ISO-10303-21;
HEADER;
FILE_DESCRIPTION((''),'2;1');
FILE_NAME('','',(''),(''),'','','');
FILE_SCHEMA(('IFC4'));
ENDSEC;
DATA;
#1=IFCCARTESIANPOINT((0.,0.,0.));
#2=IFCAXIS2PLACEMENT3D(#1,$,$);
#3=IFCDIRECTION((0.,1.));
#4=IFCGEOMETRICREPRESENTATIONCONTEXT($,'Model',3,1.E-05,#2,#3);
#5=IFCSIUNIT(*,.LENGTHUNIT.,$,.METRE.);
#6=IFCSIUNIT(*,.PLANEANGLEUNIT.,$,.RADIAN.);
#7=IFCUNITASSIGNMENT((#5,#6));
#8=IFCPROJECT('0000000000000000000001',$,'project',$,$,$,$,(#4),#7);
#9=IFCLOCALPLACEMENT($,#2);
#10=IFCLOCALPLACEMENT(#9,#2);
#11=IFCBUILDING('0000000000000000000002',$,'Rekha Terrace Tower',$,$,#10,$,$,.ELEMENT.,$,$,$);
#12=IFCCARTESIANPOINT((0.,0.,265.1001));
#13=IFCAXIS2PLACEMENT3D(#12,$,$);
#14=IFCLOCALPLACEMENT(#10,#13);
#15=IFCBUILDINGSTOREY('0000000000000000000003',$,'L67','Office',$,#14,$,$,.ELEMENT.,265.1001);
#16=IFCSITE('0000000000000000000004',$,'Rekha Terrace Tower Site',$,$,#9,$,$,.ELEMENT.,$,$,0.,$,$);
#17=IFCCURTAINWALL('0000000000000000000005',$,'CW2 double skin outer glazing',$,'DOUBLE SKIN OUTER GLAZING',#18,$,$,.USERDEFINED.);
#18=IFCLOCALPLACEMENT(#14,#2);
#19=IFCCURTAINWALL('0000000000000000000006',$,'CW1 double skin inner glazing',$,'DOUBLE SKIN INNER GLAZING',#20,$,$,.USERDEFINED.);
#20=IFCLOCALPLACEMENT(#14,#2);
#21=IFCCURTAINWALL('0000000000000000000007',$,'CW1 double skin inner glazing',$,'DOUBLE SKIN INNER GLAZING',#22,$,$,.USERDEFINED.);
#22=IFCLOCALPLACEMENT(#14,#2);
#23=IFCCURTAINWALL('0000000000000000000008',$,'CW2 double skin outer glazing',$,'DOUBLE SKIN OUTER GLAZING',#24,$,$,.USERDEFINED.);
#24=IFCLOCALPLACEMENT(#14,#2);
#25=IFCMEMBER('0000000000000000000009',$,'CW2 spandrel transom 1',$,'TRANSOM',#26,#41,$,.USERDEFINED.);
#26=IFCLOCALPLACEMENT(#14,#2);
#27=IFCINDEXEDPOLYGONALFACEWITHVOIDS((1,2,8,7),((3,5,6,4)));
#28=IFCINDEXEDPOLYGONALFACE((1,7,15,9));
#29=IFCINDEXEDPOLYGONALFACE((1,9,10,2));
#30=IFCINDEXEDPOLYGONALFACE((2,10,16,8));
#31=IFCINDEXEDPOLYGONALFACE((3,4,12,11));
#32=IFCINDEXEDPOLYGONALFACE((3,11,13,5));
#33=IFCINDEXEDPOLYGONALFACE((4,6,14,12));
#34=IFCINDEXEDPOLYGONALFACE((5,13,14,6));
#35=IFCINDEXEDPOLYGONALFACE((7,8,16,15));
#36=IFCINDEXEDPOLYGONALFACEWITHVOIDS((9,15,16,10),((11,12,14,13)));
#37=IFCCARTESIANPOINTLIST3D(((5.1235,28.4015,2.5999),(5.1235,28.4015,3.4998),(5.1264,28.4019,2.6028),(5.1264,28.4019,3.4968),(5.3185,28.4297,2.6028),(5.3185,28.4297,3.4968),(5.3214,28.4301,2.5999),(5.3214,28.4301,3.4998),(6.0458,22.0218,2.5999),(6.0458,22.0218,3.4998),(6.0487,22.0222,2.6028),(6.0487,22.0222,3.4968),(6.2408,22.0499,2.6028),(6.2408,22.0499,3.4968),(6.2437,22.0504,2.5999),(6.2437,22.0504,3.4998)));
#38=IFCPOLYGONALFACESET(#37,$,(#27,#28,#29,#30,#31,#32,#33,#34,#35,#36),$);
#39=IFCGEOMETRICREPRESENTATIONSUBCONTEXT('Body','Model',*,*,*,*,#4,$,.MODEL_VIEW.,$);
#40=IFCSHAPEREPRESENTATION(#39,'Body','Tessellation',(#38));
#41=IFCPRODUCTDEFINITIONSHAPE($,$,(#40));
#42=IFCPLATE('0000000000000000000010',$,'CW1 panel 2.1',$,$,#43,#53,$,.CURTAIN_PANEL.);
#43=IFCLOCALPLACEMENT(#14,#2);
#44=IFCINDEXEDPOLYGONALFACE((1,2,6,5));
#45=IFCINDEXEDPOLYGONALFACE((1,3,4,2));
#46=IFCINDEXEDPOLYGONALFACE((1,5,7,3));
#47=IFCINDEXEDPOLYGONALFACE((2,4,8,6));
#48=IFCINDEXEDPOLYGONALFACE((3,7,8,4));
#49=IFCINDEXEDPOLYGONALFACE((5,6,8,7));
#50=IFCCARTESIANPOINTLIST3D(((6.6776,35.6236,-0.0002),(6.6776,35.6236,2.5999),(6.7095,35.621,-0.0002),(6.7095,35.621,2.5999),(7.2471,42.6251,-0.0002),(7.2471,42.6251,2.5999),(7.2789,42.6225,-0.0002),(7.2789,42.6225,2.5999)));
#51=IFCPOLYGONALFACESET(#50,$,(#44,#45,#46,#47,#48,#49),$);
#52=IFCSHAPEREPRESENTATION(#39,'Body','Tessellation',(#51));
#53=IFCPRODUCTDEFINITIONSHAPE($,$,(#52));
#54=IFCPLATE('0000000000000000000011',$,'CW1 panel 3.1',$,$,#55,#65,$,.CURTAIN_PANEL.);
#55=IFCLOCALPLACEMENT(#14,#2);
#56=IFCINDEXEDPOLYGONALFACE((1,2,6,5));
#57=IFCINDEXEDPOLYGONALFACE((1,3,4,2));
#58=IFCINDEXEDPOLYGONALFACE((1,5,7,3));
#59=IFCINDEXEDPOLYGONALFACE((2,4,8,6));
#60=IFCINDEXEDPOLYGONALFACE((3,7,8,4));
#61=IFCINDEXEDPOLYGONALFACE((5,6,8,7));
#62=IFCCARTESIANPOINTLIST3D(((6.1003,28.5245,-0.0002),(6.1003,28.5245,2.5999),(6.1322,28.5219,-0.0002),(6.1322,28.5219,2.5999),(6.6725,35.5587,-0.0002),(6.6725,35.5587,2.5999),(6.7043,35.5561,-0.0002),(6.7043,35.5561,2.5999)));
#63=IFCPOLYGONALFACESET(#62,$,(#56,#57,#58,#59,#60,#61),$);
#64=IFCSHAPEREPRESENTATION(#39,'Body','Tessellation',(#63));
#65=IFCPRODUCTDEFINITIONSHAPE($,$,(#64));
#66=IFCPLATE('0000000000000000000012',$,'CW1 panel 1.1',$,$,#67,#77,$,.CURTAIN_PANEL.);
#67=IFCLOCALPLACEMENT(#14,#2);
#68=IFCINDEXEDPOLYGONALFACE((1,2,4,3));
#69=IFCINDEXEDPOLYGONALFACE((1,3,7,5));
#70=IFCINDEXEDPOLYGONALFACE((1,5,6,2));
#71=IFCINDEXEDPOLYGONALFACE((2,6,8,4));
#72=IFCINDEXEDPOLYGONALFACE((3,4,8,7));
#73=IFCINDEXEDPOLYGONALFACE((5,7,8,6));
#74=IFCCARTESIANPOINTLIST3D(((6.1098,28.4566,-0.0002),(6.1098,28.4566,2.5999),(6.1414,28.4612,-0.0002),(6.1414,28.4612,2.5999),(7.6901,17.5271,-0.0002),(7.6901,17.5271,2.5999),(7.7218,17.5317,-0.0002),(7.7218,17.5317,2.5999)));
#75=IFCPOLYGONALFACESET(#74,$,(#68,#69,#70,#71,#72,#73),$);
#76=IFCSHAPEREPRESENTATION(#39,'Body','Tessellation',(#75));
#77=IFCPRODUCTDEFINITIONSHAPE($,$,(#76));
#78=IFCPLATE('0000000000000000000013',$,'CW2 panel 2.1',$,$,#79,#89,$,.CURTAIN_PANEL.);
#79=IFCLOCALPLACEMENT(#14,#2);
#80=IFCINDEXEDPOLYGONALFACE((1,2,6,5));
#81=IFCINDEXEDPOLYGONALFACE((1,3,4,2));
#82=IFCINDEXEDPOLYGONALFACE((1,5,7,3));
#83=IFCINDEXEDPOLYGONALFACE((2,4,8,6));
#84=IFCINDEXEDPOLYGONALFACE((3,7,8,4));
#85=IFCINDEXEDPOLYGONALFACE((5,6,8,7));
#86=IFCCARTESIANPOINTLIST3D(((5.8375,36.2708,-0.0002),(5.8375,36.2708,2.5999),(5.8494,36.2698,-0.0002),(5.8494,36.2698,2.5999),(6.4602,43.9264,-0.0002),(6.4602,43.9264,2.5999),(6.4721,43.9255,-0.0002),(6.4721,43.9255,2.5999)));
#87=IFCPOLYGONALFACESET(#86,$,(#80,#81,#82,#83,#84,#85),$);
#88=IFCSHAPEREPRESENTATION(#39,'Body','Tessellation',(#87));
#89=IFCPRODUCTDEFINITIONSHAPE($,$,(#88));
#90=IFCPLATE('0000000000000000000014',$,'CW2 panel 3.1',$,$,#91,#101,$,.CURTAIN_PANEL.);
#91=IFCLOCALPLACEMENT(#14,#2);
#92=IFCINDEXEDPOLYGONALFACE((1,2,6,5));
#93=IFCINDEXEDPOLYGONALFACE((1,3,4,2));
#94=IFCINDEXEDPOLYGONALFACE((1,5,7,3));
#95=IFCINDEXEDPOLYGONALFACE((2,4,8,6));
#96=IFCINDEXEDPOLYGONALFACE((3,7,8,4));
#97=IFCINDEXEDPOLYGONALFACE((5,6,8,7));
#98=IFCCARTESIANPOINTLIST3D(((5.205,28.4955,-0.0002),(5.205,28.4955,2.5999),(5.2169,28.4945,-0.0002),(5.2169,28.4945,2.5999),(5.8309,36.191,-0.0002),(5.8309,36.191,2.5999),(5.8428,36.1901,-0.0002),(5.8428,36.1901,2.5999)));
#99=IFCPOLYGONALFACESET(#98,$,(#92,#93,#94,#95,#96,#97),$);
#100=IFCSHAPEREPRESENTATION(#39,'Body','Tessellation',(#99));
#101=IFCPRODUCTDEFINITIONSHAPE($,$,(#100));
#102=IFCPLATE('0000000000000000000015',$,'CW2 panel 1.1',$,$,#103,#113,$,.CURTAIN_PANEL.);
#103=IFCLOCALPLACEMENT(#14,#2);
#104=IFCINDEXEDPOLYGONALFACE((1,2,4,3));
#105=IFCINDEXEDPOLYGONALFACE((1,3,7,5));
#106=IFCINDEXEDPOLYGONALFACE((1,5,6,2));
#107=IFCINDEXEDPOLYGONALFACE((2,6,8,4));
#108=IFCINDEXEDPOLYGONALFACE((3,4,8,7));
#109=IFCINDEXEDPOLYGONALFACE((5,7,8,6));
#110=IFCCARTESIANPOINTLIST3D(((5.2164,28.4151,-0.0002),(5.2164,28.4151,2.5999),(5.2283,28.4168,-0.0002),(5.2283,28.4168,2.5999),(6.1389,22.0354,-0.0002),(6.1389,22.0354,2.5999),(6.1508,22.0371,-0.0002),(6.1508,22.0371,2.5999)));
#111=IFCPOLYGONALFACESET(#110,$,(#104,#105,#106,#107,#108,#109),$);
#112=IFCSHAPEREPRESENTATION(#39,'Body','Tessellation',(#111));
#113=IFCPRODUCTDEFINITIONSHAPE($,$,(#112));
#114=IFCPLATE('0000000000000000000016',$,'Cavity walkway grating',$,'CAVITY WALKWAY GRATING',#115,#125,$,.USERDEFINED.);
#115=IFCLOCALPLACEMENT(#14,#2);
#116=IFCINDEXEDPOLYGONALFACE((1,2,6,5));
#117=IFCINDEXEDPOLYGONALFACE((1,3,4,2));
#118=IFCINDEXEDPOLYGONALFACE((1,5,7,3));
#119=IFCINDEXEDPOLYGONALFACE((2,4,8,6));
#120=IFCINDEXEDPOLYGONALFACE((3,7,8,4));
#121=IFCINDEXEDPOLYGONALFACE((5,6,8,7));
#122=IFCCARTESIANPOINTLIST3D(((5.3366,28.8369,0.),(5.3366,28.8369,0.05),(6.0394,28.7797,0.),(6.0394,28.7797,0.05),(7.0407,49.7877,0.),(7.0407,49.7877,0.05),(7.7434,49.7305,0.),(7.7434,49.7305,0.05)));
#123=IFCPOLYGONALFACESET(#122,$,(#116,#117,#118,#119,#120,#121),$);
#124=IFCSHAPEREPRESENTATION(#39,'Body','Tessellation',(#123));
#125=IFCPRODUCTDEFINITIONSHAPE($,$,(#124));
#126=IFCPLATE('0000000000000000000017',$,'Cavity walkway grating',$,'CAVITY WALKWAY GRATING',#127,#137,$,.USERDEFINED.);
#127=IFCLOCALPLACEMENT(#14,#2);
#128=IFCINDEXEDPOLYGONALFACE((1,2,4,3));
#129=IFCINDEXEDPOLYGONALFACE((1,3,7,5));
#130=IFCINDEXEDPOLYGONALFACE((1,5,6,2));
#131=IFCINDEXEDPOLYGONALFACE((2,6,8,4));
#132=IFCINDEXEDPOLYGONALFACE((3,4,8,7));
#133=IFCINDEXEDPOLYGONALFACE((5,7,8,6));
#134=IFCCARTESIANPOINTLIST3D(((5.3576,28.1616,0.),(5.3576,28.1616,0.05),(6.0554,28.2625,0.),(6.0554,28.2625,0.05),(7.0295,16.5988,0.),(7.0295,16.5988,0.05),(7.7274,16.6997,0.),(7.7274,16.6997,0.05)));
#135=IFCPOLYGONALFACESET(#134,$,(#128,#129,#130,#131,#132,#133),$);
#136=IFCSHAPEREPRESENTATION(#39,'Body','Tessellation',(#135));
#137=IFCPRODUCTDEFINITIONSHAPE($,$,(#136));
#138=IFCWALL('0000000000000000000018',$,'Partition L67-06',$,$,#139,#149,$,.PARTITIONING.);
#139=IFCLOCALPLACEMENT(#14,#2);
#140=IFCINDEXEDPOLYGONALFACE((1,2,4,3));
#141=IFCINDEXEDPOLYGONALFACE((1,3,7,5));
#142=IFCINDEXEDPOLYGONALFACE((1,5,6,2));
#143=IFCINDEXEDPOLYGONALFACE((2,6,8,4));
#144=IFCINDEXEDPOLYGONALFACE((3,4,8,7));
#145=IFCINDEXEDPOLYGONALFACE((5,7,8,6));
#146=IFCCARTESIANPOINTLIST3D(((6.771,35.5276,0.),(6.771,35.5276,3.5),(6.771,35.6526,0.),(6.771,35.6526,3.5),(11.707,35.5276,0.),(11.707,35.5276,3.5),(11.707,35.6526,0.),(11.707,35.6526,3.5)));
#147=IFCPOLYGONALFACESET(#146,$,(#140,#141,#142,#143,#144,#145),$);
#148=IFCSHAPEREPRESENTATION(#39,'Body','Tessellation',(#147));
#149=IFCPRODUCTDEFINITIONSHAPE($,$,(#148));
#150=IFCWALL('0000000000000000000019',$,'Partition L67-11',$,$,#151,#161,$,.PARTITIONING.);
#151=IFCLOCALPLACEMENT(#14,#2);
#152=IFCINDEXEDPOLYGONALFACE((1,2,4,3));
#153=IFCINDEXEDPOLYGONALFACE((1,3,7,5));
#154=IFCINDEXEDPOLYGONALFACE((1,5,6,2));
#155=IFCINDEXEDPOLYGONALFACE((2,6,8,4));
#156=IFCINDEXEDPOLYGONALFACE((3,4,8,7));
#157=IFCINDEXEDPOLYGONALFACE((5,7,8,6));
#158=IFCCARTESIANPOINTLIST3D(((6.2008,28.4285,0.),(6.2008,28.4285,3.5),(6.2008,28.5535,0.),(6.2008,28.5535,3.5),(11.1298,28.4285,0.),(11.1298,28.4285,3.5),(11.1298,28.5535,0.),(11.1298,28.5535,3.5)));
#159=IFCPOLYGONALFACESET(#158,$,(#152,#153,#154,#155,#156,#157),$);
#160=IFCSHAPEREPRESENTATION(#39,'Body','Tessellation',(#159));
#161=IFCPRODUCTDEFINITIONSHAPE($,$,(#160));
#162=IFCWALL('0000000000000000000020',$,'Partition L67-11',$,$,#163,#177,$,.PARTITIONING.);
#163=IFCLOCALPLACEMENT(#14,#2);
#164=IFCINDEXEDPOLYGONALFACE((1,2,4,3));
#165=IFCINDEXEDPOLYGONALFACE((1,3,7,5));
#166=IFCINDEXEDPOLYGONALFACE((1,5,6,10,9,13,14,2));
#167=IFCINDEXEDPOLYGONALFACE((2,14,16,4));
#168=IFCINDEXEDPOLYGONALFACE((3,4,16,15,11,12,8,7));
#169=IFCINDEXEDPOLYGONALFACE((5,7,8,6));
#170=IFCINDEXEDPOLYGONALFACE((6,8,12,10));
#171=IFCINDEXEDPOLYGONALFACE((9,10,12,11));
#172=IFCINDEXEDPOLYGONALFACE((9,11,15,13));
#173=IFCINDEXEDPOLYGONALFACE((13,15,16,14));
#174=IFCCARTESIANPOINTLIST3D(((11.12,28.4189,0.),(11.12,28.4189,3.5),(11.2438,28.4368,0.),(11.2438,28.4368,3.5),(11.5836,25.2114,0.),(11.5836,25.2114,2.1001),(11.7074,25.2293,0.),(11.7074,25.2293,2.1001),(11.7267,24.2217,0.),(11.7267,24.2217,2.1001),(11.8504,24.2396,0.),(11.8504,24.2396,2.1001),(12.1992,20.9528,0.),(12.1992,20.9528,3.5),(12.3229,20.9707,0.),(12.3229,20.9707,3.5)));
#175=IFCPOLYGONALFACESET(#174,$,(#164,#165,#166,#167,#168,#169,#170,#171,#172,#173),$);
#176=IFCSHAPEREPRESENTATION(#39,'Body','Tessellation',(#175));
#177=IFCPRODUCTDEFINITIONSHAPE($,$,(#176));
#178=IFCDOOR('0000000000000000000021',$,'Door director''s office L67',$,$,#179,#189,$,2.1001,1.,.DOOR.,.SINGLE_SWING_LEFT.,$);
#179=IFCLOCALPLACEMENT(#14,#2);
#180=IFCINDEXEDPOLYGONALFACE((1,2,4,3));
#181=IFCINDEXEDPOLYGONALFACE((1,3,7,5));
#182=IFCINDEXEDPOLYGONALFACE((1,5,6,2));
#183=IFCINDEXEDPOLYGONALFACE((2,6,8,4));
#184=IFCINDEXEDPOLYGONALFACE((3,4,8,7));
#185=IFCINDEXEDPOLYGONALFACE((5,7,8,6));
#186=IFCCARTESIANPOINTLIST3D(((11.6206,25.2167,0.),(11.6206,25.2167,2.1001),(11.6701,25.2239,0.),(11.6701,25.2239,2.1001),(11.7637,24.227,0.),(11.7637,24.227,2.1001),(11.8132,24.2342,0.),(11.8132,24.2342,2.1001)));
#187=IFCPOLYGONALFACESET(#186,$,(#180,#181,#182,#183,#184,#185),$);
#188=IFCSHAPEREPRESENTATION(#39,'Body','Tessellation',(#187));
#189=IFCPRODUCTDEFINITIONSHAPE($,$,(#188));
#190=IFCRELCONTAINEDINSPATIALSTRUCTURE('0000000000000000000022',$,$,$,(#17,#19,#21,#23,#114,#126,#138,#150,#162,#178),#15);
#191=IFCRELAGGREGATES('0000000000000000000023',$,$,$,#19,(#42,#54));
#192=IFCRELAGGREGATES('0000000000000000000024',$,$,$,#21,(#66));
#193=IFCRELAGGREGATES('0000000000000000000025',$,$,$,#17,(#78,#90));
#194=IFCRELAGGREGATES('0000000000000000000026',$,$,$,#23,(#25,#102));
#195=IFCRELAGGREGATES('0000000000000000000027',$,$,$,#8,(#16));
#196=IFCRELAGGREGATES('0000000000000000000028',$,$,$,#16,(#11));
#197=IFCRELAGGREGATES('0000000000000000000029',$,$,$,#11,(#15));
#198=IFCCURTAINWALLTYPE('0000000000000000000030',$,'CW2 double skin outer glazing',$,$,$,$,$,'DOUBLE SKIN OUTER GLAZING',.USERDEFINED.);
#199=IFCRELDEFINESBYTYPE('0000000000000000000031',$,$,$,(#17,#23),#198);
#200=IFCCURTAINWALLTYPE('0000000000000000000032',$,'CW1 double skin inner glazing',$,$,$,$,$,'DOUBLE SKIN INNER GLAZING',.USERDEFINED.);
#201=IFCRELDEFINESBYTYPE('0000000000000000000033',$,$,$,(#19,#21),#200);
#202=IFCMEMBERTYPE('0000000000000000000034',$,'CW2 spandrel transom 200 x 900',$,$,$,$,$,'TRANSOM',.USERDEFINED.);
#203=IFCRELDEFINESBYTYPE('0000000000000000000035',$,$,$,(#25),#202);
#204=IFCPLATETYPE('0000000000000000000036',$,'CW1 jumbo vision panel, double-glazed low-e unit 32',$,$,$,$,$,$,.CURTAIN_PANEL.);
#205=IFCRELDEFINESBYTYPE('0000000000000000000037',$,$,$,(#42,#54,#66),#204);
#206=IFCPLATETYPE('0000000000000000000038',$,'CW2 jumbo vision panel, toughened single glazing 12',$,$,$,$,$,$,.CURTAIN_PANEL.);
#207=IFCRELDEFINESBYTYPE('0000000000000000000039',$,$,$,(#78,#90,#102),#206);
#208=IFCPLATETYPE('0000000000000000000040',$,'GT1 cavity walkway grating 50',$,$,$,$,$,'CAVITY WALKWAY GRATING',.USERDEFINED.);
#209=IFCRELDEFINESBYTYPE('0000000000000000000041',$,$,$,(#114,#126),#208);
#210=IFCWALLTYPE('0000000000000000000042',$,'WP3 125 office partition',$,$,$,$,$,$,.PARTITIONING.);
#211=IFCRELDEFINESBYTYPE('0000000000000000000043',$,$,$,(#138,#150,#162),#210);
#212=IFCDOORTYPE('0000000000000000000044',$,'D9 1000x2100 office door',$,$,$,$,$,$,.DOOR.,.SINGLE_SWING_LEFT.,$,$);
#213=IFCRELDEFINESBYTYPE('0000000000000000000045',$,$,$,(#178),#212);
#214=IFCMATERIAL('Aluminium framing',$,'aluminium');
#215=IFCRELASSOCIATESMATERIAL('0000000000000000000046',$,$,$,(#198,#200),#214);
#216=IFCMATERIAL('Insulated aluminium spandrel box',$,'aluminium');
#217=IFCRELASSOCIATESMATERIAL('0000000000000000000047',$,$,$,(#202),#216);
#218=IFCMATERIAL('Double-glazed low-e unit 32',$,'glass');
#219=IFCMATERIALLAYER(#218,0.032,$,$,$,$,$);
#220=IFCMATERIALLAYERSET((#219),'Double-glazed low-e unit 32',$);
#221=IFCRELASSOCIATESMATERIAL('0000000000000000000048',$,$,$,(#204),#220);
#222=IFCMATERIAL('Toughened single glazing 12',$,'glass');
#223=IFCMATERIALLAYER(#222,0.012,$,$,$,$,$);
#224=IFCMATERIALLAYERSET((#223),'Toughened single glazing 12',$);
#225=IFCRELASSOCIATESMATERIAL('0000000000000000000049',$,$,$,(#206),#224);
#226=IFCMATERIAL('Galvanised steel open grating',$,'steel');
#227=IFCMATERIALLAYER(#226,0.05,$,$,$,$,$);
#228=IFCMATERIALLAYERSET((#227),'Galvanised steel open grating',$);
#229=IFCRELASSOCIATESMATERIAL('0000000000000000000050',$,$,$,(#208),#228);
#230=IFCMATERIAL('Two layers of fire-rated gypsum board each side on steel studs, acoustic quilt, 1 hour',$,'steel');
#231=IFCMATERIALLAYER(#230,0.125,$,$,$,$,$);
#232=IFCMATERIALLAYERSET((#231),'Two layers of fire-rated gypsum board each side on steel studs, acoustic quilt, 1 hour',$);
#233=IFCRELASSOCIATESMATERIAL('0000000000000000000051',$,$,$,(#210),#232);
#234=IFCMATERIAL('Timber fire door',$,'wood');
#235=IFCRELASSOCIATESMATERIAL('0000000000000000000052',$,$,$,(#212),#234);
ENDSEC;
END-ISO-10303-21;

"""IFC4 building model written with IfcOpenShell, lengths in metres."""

from ifc_helpers import new_model, si_unit, direction, frame, frame_2d, origin, origin_2d, place, context, subcontext, project, spatial, rectangle, hollow_rectangle, extrude, material, layer, layer_set, material_profile, profile_set, type_object, element, fill, aggregate, save


model = new_model("IFC4")

# Units and contexts
model_context = context("Model", 3, precision=1e-05, world=origin(), true_north=direction((0.0, 1.0)))
body_context = subcontext(model_context, "Body", "Model", "MODEL_VIEW")
ifc_project = project(units=[si_unit("LENGTHUNIT", "METRE"), si_unit("PLANEANGLEUNIT", "RADIAN")], contexts=[model_context])

# Site, building, storey
site_placement = place(None, origin())
site = spatial("IfcSite", under=ifc_project, at=site_placement, Name="Rekha Terrace Tower Site", CompositionType="ELEMENT", RefElevation=0.0)
building_placement = place(site_placement, origin())
building = spatial("IfcBuilding", under=site, at=building_placement, Name="Rekha Terrace Tower", CompositionType="ELEMENT")
storey_placement = place(building_placement, frame((0.0, 0.0, 265.1001)))
storey = spatial("IfcBuildingStorey", under=building, at=storey_placement, Name="L67", Description="Office", CompositionType="ELEMENT", Elevation=265.1001)

# Curtain walls
ifc_material_1 = material(Name="Aluminium framing", Category="aluminium")
curtain_wall_type_1 = type_object("IfcCurtainWallType", Name="CW2 double skin outer glazing", ElementType="DOUBLE SKIN OUTER GLAZING", PredefinedType="USERDEFINED", material=ifc_material_1)
curtain_wall_1_placement = place(storey_placement, origin())
curtain_wall_1 = element("IfcCurtainWall", 1, at=curtain_wall_1_placement, inside=storey, type_object=curtain_wall_type_1, Name="CW2 double skin outer glazing", ObjectType="DOUBLE SKIN OUTER GLAZING", PredefinedType="USERDEFINED")
curtain_wall_type_2 = type_object("IfcCurtainWallType", Name="CW1 double skin inner glazing", ElementType="DOUBLE SKIN INNER GLAZING", PredefinedType="USERDEFINED", material=ifc_material_1)
curtain_wall_2_placement = place(storey_placement, origin())
curtain_wall_2 = element("IfcCurtainWall", 2, at=curtain_wall_2_placement, inside=storey, type_object=curtain_wall_type_2, Name="CW1 double skin inner glazing", ObjectType="DOUBLE SKIN INNER GLAZING", PredefinedType="USERDEFINED")
curtain_wall_3_placement = place(storey_placement, origin())
curtain_wall_3 = element("IfcCurtainWall", 3, at=curtain_wall_3_placement, inside=storey, type_object=curtain_wall_type_2, Name="CW1 double skin inner glazing", ObjectType="DOUBLE SKIN INNER GLAZING", PredefinedType="USERDEFINED")

# Shared definitions
ifc_material_2 = material(Name="Insulated aluminium spandrel box", Category="aluminium")

# Curtain wall
curtain_wall_4_placement = place(storey_placement, origin())
curtain_wall_4 = element("IfcCurtainWall", 4, at=curtain_wall_4_placement, inside=storey, type_object=curtain_wall_type_1, Name="CW2 double skin outer glazing", ObjectType="DOUBLE SKIN OUTER GLAZING", PredefinedType="USERDEFINED")

# Member
ifc_material_profile_1 = material_profile(ifc_material_2, hollow_rectangle(XDim=0.2, YDim=0.8999, WallThickness=0.0029, at=origin_2d()), Name="AL SPANDREL BOX 200x900")
ifc_profile_set_1 = profile_set([ifc_material_profile_1], Name="Insulated aluminium spandrel box")
member_type_1 = type_object("IfcMemberType", Name="CW2 spandrel transom 200 x 900", ElementType="TRANSOM", PredefinedType="USERDEFINED", material=ifc_profile_set_1)
member_1_placement = place(storey_placement, frame((5.2224, 28.4158, 3.0498), z_axis=(0.143091, -0.989709, 0.0), x_axis=(0.989709, 0.143091, 0.0)))
member_1 = element("IfcMember", 5, at=member_1_placement, type_object=member_type_1, Name="CW2 spandrel transom 1", ObjectType="TRANSOM", PredefinedType="USERDEFINED", context=body_context, shape_type="SweptSolid", body=[
    extrude(hollow_rectangle(XDim=0.2, YDim=0.8999, WallThickness=0.0029, at=origin_2d()), origin(), (0.0, 0.0, 1.0), 6.446),
])

# Plates
ifc_material_3 = material(Name="Double-glazed low-e unit 32", Category="glass")
ifc_layer_1 = layer(ifc_material_3, 0.032)
ifc_layer_set_1 = layer_set([ifc_layer_1], Name="Double-glazed low-e unit 32")
plate_type_1 = type_object("IfcPlateType", Name="CW1 jumbo vision panel, double-glazed low-e unit 32", PredefinedType="CURTAIN_PANEL", material=ifc_layer_set_1)
plate_1_placement = place(storey_placement, frame((6.9783, 39.123, -0.0002), z_axis=(0.0, 0.0, 1.0), x_axis=(-0.081068, -0.996709, 0.0)))
plate_1 = element("IfcPlate", 6, at=plate_1_placement, type_object=plate_type_1, Name="CW1 panel 2.1", PredefinedType="CURTAIN_PANEL", context=body_context, shape_type="SweptSolid", body=[
    extrude(rectangle(XDim=7.0247, YDim=0.032, at=origin_2d()), origin(), (0.0, 0.0, 1.0), 2.6001),
])
plate_2_placement = place(storey_placement, frame((6.4023, 32.0403, -0.0002), z_axis=(0.0, 0.0, 1.0), x_axis=(-0.081068, -0.996709, 0.0)))
plate_2 = element("IfcPlate", 7, at=plate_2_placement, type_object=plate_type_1, Name="CW1 panel 3.1", PredefinedType="CURTAIN_PANEL", context=body_context, shape_type="SweptSolid", body=[
    extrude(rectangle(XDim=7.0574, YDim=0.032, at=origin_2d()), origin(), (0.0, 0.0, 1.0), 2.6001),
])
aggregate(curtain_wall_2, [plate_1, plate_2])
plate_3_placement = place(storey_placement, frame((6.9158, 22.9941, -0.0002), z_axis=(0.0, 0.0, 1.0), x_axis=(0.143108, -0.989707, 0.0)))
plate_3 = element("IfcPlate", 8, at=plate_3_placement, type_object=plate_type_1, Name="CW1 panel 1.1", PredefinedType="CURTAIN_PANEL", context=body_context, shape_type="SweptSolid", body=[
    extrude(rectangle(XDim=11.0432, YDim=0.032, at=origin_2d()), origin(), (0.0, 0.0, 1.0), 2.6001),
])
aggregate(curtain_wall_3, [plate_3])
ifc_material_4 = material(Name="Toughened single glazing 12", Category="glass")
ifc_layer_2 = layer(ifc_material_4, 0.012)
ifc_layer_set_2 = layer_set([ifc_layer_2], Name="Toughened single glazing 12")
plate_type_2 = type_object("IfcPlateType", Name="CW2 jumbo vision panel, toughened single glazing 12", PredefinedType="CURTAIN_PANEL", material=ifc_layer_set_2)
plate_4_placement = place(storey_placement, frame((6.1548, 40.0981, -0.0002), z_axis=(0.0, 0.0, 1.0), x_axis=(-0.081068, -0.996709, 0.0)))
plate_4 = element("IfcPlate", 9, at=plate_4_placement, type_object=plate_type_2, Name="CW2 panel 2.1", PredefinedType="CURTAIN_PANEL", context=body_context, shape_type="SweptSolid", body=[
    extrude(rectangle(XDim=7.6809, YDim=0.012, at=origin_2d()), origin(), (0.0, 0.0, 1.0), 2.6001),
])
plate_5_placement = place(storey_placement, frame((5.5239, 32.3428, -0.0002), z_axis=(0.0, 0.0, 1.0), x_axis=(-0.081068, -0.996709, 0.0)))
plate_5 = element("IfcPlate", 10, at=plate_5_placement, type_object=plate_type_2, Name="CW2 panel 3.1", PredefinedType="CURTAIN_PANEL", context=body_context, shape_type="SweptSolid", body=[
    extrude(rectangle(XDim=7.7209, YDim=0.012, at=origin_2d()), origin(), (0.0, 0.0, 1.0), 2.6001),
])
aggregate(curtain_wall_1, [plate_4, plate_5])
plate_6_placement = place(storey_placement, frame((5.6836, 25.2261, -0.0002), z_axis=(0.0, 0.0, 1.0), x_axis=(0.143108, -0.989707, 0.0)))
plate_6 = element("IfcPlate", 11, at=plate_6_placement, type_object=plate_type_2, Name="CW2 panel 1.1", PredefinedType="CURTAIN_PANEL", context=body_context, shape_type="SweptSolid", body=[
    extrude(rectangle(XDim=6.446, YDim=0.012, at=origin_2d()), origin(), (0.0, 0.0, 1.0), 2.6001),
])
aggregate(curtain_wall_4, [member_1, plate_6])

# Plates
ifc_material_5 = material(Name="Galvanised steel open grating", Category="steel")
ifc_layer_3 = layer(ifc_material_5, 0.05)
ifc_layer_set_3 = layer_set([ifc_layer_3], Name="Galvanised steel open grating")
plate_type_3 = type_object("IfcPlateType", Name="GT1 cavity walkway grating 50", ElementType="CAVITY WALKWAY GRATING", PredefinedType="USERDEFINED", material=ifc_layer_set_3)
plate_7_placement = place(storey_placement, frame((6.54, 39.2837, 0.0), z_axis=(0.0, 0.0, 1.0), x_axis=(-0.081068, -0.996709, 0.0)))
element("IfcPlate", 12, at=plate_7_placement, inside=storey, type_object=plate_type_3, Name="Cavity walkway grating", ObjectType="CAVITY WALKWAY GRATING", PredefinedType="USERDEFINED", context=body_context, shape_type="SweptSolid", body=[
    extrude(rectangle(XDim=21.02, YDim=0.7051, at=origin_2d()), origin(), (0.0, 0.0, 1.0), 0.05),
])
plate_8_placement = place(storey_placement, frame((6.5425, 22.4307, 0.0), z_axis=(0.0, 0.0, 1.0), x_axis=(0.143108, -0.989707, 0.0)))
element("IfcPlate", 13, at=plate_8_placement, inside=storey, type_object=plate_type_3, Name="Cavity walkway grating", ObjectType="CAVITY WALKWAY GRATING", PredefinedType="USERDEFINED", context=body_context, shape_type="SweptSolid", body=[
    extrude(rectangle(XDim=11.6831, YDim=0.7051, at=origin_2d()), origin(), (0.0, 0.0, 1.0), 0.05),
])

# Walls
ifc_material_6 = material(Name="Two layers of fire-rated gypsum board each side on steel studs, acoustic quilt, 1 hour", Category="steel")
ifc_layer_4 = layer(ifc_material_6, 0.125)
ifc_layer_set_4 = layer_set([ifc_layer_4], Name="Two layers of fire-rated gypsum board each side on steel studs, acoustic quilt, 1 hour")
wall_type = type_object("IfcWallType", Name="WP3 125 office partition", PredefinedType="PARTITIONING", material=ifc_layer_set_4)
wall_1_placement = place(storey_placement, frame((11.707, 35.5901, 0.0), z_axis=(0.0, 0.0, 1.0), x_axis=(-1.0, 0.0, 0.0)))
element("IfcWall", 14, at=wall_1_placement, inside=storey, type_object=wall_type, Name="Partition L67-06", PredefinedType="PARTITIONING", context=body_context, shape_type="SweptSolid", body=[
    extrude(rectangle(XDim=4.936, YDim=0.125, at=frame_2d((2.468, 0.0))), origin(), (0.0, 0.0, 1.0), 3.5),
])
wall_2_placement = place(storey_placement, frame((6.2009, 28.491, 0.0), z_axis=(0.0, 0.0, 1.0), x_axis=(1.0, 0.0, 0.0)))
element("IfcWall", 15, at=wall_2_placement, inside=storey, type_object=wall_type, Name="Partition L67-11", PredefinedType="PARTITIONING", context=body_context, shape_type="SweptSolid", body=[
    extrude(rectangle(XDim=4.929, YDim=0.125, at=frame_2d((2.4644, 0.0))), origin(), (0.0, 0.0, 1.0), 3.5),
])

# Wall, opening, door
wall_3_placement = place(storey_placement, frame((11.1819, 28.428, 0.0), z_axis=(0.0, 0.0, 1.0), x_axis=(0.143048, -0.989716, 0.0)))
wall_3 = element("IfcWall", 16, at=wall_3_placement, inside=storey, type_object=wall_type, Name="Partition L67-11", PredefinedType="PARTITIONING", context=body_context, shape_type="SweptSolid", body=[
    extrude(rectangle(XDim=7.5437, YDim=0.125, at=frame_2d((3.772, 0.0))), origin(), (0.0, 0.0, 1.0), 3.5),
])
opening_1_placement = place(wall_3_placement, frame((3.241, 0.0, 0.0)))
opening_1 = element("IfcOpeningElement", 17, at=opening_1_placement, cuts=wall_3, PredefinedType="OPENING", context=body_context, shape_type="SweptSolid", body=[
    extrude(rectangle(XDim=1.0, YDim=2.1001, at=frame_2d((0.5, 1.05))), frame((0.0, 0.0725, 0.0), z_axis=(0.0, -1.0, 0.0), x_axis=(1.0, 0.0, 0.0)), (0.0, 0.0, 1.0), 0.145),
])
ifc_material_7 = material(Name="Timber fire door", Category="wood")
door_type = type_object("IfcDoorType", Name="D9 1000x2100 office door", OperationType="SINGLE_SWING_LEFT", PredefinedType="DOOR", material=ifc_material_7)
door_1_placement = place(opening_1_placement, origin())
door_1 = element("IfcDoor", 18, at=door_1_placement, inside=storey, type_object=door_type, Name="Door director's office L67", OperationType="SINGLE_SWING_LEFT", OverallHeight=2.1001, OverallWidth=1.0, PredefinedType="DOOR", context=body_context, shape_type="SweptSolid", body=[
    extrude(rectangle(XDim=1.0, YDim=2.1001, at=frame_2d((0.5, 1.05))), frame((0.0, 0.0249, 0.0), z_axis=(0.0, -1.0, 0.0), x_axis=(1.0, 0.0, 0.0)), (0.0, 0.0, 1.0), 0.05),
])
fill(opening_1, door_1)

save(model, "model.ifc")
